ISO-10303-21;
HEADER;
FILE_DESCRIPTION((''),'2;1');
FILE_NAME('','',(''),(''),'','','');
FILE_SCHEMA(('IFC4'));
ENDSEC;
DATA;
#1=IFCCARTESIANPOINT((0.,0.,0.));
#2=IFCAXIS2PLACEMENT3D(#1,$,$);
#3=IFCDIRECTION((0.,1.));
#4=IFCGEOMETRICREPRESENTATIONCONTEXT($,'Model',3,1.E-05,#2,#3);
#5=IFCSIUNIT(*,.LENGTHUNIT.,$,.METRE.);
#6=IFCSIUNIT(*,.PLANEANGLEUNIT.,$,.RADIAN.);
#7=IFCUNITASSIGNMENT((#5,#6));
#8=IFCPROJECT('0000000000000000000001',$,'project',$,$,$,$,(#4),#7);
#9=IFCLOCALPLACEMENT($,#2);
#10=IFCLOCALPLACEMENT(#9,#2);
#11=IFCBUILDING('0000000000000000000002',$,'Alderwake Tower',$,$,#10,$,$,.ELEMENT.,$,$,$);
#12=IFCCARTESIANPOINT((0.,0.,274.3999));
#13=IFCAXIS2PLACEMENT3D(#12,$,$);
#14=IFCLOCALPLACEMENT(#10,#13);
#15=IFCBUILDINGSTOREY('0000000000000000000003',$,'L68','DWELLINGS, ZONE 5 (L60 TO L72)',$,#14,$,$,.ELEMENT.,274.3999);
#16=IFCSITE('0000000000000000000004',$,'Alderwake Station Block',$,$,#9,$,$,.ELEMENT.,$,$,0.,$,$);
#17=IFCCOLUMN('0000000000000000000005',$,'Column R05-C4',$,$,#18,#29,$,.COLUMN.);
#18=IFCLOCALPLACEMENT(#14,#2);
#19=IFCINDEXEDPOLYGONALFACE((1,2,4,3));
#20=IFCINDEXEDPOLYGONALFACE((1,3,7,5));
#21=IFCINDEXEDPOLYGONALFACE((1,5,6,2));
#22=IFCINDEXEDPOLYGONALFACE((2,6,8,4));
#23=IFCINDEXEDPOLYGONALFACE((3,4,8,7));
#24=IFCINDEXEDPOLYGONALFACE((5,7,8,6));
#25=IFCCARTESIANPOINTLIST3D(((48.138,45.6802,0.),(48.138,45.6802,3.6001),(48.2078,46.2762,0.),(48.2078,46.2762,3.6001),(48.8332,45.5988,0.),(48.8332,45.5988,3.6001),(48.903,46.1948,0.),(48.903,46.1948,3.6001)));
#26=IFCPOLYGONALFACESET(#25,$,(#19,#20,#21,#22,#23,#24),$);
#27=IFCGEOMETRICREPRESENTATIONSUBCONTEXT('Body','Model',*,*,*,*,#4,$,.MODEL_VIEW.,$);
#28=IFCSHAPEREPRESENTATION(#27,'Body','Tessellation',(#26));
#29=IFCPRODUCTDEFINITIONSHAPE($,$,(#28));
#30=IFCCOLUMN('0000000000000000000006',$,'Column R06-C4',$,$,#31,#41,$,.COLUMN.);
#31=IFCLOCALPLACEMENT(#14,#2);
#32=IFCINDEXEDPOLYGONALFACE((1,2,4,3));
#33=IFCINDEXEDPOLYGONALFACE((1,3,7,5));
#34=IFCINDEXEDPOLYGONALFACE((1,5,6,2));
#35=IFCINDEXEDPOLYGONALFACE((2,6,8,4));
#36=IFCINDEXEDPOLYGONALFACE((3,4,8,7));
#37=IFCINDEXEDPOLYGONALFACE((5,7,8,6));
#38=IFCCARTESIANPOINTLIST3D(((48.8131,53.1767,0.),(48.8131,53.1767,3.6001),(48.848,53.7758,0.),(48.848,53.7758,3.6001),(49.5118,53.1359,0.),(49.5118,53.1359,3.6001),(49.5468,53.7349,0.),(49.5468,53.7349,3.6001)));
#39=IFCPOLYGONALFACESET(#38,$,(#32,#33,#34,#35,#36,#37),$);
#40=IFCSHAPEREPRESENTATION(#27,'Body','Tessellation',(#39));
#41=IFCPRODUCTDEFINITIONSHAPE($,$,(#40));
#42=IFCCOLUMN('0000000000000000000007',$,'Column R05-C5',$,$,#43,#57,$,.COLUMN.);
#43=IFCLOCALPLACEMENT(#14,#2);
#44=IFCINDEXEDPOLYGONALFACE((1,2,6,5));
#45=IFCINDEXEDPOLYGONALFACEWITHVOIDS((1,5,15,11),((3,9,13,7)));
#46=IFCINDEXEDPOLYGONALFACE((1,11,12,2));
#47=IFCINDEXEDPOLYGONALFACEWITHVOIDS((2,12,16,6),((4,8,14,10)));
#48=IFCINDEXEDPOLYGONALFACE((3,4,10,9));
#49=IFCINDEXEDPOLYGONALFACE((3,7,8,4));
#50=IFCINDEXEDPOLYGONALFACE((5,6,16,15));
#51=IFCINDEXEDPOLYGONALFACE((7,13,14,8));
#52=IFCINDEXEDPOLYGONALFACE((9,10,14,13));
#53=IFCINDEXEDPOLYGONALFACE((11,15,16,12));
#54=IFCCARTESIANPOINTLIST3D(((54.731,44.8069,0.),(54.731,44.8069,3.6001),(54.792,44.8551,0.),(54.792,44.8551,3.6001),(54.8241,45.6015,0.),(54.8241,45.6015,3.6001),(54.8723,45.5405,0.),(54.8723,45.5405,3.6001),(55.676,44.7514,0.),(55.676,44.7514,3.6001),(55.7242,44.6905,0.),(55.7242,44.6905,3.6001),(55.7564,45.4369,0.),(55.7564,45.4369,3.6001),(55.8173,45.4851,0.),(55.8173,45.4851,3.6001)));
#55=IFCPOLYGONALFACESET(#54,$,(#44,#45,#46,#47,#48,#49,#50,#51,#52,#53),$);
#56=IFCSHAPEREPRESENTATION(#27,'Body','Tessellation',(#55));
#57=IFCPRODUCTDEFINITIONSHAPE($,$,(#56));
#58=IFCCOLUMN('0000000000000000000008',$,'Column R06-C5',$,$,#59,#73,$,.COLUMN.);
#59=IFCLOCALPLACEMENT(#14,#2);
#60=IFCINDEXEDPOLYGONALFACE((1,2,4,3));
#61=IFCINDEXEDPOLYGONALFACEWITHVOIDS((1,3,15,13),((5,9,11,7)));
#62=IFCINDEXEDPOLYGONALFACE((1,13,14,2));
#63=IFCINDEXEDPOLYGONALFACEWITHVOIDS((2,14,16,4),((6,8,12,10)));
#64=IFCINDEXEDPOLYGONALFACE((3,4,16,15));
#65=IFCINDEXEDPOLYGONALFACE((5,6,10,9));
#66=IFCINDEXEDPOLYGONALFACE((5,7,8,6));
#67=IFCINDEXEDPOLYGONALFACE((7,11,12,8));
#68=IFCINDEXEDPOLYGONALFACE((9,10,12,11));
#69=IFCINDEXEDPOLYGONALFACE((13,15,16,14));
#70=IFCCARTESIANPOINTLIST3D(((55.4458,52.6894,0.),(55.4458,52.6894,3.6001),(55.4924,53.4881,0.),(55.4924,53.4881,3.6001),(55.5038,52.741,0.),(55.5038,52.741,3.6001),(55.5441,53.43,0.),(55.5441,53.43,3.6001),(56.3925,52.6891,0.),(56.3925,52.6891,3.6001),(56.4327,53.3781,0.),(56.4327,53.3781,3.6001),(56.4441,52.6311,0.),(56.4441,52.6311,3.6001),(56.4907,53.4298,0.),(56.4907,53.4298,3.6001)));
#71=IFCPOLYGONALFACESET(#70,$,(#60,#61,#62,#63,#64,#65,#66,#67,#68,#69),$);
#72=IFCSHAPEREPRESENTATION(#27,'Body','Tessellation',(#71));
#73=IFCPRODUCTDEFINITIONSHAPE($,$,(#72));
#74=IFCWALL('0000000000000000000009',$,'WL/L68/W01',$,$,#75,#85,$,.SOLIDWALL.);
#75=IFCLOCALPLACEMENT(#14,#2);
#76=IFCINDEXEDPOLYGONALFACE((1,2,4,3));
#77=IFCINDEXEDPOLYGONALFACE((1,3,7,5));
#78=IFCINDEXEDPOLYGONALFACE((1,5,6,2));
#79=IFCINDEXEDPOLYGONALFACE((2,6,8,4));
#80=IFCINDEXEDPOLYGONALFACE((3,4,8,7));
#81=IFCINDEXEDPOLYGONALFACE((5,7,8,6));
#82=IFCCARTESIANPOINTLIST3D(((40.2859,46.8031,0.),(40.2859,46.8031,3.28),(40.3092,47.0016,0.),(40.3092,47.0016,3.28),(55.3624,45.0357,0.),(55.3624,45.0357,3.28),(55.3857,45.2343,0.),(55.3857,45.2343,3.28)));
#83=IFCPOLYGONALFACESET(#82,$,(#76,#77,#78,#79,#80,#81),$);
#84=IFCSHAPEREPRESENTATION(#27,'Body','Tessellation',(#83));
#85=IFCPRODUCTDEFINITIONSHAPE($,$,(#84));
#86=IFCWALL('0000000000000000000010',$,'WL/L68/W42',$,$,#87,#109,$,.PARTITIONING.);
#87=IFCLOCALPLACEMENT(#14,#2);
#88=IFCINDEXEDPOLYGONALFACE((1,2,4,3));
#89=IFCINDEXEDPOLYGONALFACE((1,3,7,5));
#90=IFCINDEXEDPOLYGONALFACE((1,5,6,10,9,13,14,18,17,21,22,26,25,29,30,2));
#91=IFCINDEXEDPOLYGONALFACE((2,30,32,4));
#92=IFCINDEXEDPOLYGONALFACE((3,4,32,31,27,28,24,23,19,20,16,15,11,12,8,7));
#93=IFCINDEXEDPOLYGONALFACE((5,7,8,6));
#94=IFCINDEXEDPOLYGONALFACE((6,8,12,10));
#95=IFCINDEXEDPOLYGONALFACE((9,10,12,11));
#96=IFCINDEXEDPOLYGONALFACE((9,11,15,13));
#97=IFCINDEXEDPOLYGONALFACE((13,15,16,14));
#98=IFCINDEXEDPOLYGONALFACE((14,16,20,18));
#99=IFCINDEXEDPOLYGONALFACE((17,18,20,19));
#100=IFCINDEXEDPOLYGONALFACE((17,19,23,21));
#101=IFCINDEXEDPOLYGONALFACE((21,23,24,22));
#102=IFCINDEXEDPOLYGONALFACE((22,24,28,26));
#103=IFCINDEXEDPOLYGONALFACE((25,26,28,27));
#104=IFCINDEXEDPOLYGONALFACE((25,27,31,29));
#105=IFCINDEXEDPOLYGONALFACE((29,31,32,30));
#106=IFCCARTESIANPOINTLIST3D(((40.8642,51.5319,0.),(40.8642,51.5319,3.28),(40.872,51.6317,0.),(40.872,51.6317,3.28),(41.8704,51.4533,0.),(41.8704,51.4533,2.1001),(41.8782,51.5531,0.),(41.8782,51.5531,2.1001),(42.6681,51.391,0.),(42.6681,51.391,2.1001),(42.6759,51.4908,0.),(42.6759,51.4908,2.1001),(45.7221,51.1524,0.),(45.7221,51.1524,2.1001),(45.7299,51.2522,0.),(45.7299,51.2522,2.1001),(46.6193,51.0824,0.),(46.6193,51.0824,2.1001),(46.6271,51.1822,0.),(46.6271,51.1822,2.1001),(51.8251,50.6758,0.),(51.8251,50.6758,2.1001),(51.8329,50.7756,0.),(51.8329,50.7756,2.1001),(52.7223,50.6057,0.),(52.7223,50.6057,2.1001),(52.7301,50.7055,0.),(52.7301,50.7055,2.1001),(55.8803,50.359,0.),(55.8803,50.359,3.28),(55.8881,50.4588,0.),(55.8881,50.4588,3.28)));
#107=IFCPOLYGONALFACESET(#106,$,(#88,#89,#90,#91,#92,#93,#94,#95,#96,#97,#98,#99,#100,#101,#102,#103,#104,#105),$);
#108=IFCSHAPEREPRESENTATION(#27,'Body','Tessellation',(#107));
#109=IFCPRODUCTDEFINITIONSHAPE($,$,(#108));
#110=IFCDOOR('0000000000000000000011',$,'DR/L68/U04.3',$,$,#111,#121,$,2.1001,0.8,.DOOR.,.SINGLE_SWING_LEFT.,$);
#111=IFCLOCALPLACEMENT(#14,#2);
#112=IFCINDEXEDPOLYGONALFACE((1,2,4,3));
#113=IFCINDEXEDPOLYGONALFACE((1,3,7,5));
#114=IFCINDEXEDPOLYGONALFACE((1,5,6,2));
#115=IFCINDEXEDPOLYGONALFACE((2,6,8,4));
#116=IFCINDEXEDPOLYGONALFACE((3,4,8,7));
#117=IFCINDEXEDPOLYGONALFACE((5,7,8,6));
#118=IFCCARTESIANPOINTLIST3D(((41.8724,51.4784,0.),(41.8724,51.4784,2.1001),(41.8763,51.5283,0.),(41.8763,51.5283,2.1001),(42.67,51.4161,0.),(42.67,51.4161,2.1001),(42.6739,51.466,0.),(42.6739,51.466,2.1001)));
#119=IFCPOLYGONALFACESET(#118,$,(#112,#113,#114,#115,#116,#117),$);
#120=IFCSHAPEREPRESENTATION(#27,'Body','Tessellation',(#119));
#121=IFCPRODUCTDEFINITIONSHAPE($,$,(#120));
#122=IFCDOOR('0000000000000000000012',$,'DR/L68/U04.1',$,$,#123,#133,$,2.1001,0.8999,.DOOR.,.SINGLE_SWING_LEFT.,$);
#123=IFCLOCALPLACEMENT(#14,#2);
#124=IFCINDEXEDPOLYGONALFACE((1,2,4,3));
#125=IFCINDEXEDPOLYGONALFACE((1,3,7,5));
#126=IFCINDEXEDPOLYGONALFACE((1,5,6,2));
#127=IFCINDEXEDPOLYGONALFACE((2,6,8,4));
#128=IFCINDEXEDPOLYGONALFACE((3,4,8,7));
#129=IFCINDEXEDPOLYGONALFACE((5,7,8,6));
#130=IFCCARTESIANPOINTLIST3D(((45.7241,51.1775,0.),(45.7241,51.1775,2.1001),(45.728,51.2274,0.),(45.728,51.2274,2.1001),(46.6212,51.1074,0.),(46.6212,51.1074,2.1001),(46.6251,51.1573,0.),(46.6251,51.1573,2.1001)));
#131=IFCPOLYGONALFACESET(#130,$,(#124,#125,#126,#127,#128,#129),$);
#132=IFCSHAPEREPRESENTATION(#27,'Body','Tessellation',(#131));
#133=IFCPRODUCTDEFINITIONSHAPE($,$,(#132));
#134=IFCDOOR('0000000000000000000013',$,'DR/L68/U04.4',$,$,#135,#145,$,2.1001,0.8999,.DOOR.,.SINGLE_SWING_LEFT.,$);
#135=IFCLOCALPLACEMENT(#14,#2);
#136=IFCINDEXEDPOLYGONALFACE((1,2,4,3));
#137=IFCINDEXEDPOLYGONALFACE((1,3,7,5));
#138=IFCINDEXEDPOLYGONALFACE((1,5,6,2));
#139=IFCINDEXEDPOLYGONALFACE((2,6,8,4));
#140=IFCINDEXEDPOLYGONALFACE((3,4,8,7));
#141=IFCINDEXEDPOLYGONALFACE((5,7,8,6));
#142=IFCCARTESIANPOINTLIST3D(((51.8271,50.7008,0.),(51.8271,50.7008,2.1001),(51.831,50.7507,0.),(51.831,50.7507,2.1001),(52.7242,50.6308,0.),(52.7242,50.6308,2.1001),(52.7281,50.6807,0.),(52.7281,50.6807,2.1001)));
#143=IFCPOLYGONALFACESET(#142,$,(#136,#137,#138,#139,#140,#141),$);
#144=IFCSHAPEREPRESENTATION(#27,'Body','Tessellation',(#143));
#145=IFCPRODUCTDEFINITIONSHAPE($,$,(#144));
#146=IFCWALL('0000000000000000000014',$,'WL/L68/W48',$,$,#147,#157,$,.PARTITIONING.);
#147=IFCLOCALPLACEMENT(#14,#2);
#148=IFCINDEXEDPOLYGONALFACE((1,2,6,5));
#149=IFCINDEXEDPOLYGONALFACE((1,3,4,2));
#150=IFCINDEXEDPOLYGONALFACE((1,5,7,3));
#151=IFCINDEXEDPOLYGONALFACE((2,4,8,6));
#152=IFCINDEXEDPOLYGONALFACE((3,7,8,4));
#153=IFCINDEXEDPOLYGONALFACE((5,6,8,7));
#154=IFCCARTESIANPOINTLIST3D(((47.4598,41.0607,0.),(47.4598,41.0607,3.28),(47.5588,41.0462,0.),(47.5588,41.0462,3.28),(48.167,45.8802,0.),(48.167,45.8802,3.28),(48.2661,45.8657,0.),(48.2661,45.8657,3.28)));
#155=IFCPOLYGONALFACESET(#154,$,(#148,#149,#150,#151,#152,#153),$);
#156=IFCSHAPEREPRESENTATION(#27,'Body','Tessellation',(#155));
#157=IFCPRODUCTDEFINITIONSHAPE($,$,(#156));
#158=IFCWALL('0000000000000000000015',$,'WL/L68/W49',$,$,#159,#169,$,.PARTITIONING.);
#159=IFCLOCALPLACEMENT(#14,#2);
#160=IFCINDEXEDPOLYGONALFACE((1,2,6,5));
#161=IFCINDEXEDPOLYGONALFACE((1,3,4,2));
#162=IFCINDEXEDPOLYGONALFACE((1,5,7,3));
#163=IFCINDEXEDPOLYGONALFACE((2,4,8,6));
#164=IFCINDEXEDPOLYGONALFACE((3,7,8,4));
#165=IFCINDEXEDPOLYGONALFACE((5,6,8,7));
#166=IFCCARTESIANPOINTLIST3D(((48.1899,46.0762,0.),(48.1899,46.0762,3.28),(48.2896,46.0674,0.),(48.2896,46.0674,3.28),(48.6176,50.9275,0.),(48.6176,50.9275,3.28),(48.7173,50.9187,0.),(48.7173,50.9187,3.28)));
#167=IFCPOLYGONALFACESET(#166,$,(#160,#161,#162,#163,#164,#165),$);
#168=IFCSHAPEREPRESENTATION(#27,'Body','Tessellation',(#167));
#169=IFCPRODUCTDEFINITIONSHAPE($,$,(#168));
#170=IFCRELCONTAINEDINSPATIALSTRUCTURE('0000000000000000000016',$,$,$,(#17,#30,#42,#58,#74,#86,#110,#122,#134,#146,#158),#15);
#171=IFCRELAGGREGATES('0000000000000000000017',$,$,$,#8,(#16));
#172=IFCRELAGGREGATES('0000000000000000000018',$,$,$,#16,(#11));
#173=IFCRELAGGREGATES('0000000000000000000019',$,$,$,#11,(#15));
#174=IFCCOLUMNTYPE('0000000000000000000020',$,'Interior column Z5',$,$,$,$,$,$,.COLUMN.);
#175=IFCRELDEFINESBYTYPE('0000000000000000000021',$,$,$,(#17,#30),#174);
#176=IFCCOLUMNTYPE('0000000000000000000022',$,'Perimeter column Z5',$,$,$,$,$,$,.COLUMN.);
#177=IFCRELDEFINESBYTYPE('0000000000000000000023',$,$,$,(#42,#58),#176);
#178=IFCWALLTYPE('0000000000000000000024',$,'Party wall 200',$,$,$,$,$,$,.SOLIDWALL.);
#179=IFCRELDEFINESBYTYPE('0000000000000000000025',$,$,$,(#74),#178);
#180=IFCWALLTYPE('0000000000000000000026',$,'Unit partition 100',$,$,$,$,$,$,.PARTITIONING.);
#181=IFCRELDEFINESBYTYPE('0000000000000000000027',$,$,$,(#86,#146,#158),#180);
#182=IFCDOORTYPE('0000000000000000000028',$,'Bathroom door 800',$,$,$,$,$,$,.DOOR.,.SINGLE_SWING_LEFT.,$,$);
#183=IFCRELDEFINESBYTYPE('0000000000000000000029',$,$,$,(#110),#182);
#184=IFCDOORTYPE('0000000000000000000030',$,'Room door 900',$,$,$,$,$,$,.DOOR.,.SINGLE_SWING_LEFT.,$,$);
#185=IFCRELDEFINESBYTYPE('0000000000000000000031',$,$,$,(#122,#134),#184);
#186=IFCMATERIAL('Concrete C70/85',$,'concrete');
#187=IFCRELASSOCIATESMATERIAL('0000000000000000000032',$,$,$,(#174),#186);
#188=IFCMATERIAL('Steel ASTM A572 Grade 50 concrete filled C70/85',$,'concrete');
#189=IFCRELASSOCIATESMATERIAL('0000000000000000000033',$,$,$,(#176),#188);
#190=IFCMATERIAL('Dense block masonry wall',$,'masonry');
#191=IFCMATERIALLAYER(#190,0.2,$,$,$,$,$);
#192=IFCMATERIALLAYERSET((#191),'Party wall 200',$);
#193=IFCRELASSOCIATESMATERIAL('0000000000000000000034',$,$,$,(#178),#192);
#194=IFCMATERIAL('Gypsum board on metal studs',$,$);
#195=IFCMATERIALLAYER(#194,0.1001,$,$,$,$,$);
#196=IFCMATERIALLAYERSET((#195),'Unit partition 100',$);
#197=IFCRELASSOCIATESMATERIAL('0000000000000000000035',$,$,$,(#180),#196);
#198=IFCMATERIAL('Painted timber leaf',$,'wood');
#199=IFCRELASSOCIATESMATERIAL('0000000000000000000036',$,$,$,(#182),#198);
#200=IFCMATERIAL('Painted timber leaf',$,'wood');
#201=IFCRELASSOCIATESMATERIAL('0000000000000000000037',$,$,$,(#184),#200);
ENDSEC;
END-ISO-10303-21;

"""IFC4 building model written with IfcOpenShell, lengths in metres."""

from ifc_helpers import new_model, si_unit, direction, frame, frame_2d, origin, origin_2d, place, context, subcontext, project, spatial, rectangle, hollow_rectangle, extrude, material, layer, layer_set, material_profile, profile_set, type_object, element, fill, save


model = new_model("IFC4")

# Units and contexts
model_context = context("Model", 3, precision=1e-05, world=origin(), true_north=direction((0.0, 1.0)))
body_context = subcontext(model_context, "Body", "Model", "MODEL_VIEW")
ifc_project = project(units=[si_unit("LENGTHUNIT", "METRE"), si_unit("PLANEANGLEUNIT", "RADIAN")], contexts=[model_context])

# Site, building, storey
site_placement = place(None, origin())
site = spatial("IfcSite", under=ifc_project, at=site_placement, Name="Alderwake Station Block", CompositionType="ELEMENT", RefElevation=0.0)
building_placement = place(site_placement, origin())
building = spatial("IfcBuilding", under=site, at=building_placement, Name="Alderwake Tower", CompositionType="ELEMENT")
storey_placement = place(building_placement, frame((0.0, 0.0, 274.3999)))
storey = spatial("IfcBuildingStorey", under=building, at=storey_placement, Name="L68", Description="DWELLINGS, ZONE 5 (L60 TO L72)", CompositionType="ELEMENT", Elevation=274.3999)

# Columns
ifc_material_1 = material(Name="Concrete C70/85", Category="concrete")
ifc_material_profile_1 = material_profile(ifc_material_1, rectangle(XDim=0.6001, YDim=0.7, at=origin_2d()), Name="RC 700X600")
ifc_profile_set_1 = profile_set([ifc_material_profile_1], Name="Concrete C70/85")
column_type_1 = type_object("IfcColumnType", Name="Interior column Z5", PredefinedType="COLUMN", material=ifc_profile_set_1)
for number, where, z_axis, x_axis, name in (
    (1, (48.5205, 45.9375, 0.0), (0.0, 0.0, 1.0), (0.116402, 0.993202, 0.0), "Column R05-C4"),
    (2, (49.1799, 53.4558, 0.0), (0.0, 0.0, 1.0), (0.058301, 0.998299, 0.0), "Column R06-C4"),
):
    element("IfcColumn", number, at=place(storey_placement, frame(where, z_axis=z_axis, x_axis=x_axis)), inside=storey, type_object=column_type_1, Name=name, PredefinedType="COLUMN", context=body_context, shape_type="SweptSolid", body=[
        extrude(rectangle(XDim=0.6001, YDim=0.7, at=origin_2d()), origin(), (0.0, 0.0, 1.0), 3.6001),
    ])
ifc_material_2 = material(Name="Steel ASTM A572 Grade 50 concrete filled C70/85", Category="concrete")
ifc_material_profile_2 = material_profile(ifc_material_2, hollow_rectangle(XDim=0.8, YDim=1.0, WallThickness=0.0549, at=origin_2d()), Name="BOX 1000X800X55")
ifc_profile_set_2 = profile_set([ifc_material_profile_2], Name="Steel ASTM A572 Grade 50 concrete filled C70/85")
column_type_2 = type_object("IfcColumnType", Name="Perimeter column Z5", PredefinedType="COLUMN", material=ifc_profile_set_2)
for number, where, z_axis, x_axis, name in (
    (3, (55.2742, 45.146, 0.0), (0.0, 0.0, 1.0), (0.116402, 0.993202, 0.0), "Column R05-C5"),
    (4, (55.9683, 53.0596, 0.0), (0.0, 0.0, 1.0), (0.058301, 0.998299, 0.0), "Column R06-C5"),
):
    element("IfcColumn", number, at=place(storey_placement, frame(where, z_axis=z_axis, x_axis=x_axis)), inside=storey, type_object=column_type_2, Name=name, PredefinedType="COLUMN", context=body_context, shape_type="SweptSolid", body=[
        extrude(hollow_rectangle(XDim=0.8, YDim=1.0, WallThickness=0.0549, at=origin_2d()), origin(), (0.0, 0.0, 1.0), 3.6001),
    ])

# Wall
ifc_material_3 = material(Name="Dense block masonry wall", Category="masonry")
ifc_layer_1 = layer(ifc_material_3, 0.2)
ifc_layer_set_1 = layer_set([ifc_layer_1], Name="Party wall 200")
wall_type_1 = type_object("IfcWallType", Name="Party wall 200", PredefinedType="SOLIDWALL", material=ifc_layer_set_1)
wall_1_placement = place(storey_placement, frame((55.374, 45.135, 0.0), z_axis=(0.0, 0.0, 1.0), x_axis=(-0.993199, 0.116428, 0.0)))
element("IfcWall", 5, at=wall_1_placement, inside=storey, type_object=wall_type_1, Name="WL/L68/W01", PredefinedType="SOLIDWALL", context=body_context, shape_type="SweptSolid", body=[
    extrude(rectangle(XDim=15.1797, YDim=0.2, at=frame_2d((7.5898, 0.0))), origin(), (0.0, 0.0, 1.0), 3.28),
])

# Wall, openings, doors
ifc_material_4 = material(Name="Gypsum board on metal studs")
ifc_layer_2 = layer(ifc_material_4, 0.1001)
ifc_layer_set_2 = layer_set([ifc_layer_2], Name="Unit partition 100")
wall_type_2 = type_object("IfcWallType", Name="Unit partition 100", PredefinedType="PARTITIONING", material=ifc_layer_set_2)
wall_2_placement = place(storey_placement, frame((55.884, 50.4089, 0.0), z_axis=(0.0, 0.0, 1.0), x_axis=(-0.996964, 0.077869, 0.0)))
wall_2 = element("IfcWall", 6, at=wall_2_placement, inside=storey, type_object=wall_type_2, Name="WL/L68/W42", PredefinedType="PARTITIONING", context=body_context, shape_type="SweptSolid", body=[
    extrude(rectangle(XDim=15.0618, YDim=0.1001, at=frame_2d((7.5308, 0.0))), origin(), (0.0, 0.0, 1.0), 3.28),
])
opening_1_placement = place(wall_2_placement, frame((9.2891, 0.0, 0.0)))
opening_1 = element("IfcOpeningElement", 7, at=opening_1_placement, cuts=wall_2, PredefinedType="OPENING", context=body_context, shape_type="SweptSolid", body=[
    extrude(rectangle(XDim=0.8999, YDim=2.1001, at=frame_2d((0.45, 1.05))), frame((0.0, 0.0601, 0.0), z_axis=(0.0, -1.0, 0.0), x_axis=(1.0, 0.0, 0.0)), (0.0, 0.0, 1.0), 0.1201),
])
opening_2_placement = place(wall_2_placement, frame((13.2524, 0.0, 0.0)))
opening_2 = element("IfcOpeningElement", 8, at=opening_2_placement, cuts=wall_2, PredefinedType="OPENING", context=body_context, shape_type="SweptSolid", body=[
    extrude(rectangle(XDim=0.8, YDim=2.1001, at=frame_2d((0.3999, 1.05))), frame((0.0, 0.0601, 0.0), z_axis=(0.0, -1.0, 0.0), x_axis=(1.0, 0.0, 0.0)), (0.0, 0.0, 1.0), 0.1201),
])
opening_3_placement = place(wall_2_placement, frame((3.1675, 0.0, 0.0)))
opening_3 = element("IfcOpeningElement", 9, at=opening_3_placement, cuts=wall_2, PredefinedType="OPENING", context=body_context, shape_type="SweptSolid", body=[
    extrude(rectangle(XDim=0.8999, YDim=2.1001, at=frame_2d((0.45, 1.05))), frame((0.0, 0.0601, 0.0), z_axis=(0.0, -1.0, 0.0), x_axis=(1.0, 0.0, 0.0)), (0.0, 0.0, 1.0), 0.1201),
])
ifc_material_5 = material(Name="Painted timber leaf", Category="wood")
door_type_1 = type_object("IfcDoorType", Name="Bathroom door 800", OperationType="SINGLE_SWING_LEFT", PredefinedType="DOOR", material=ifc_material_5)
door_1_placement = place(opening_2_placement, origin())
door_1 = element("IfcDoor", 10, at=door_1_placement, inside=storey, type_object=door_type_1, Name="DR/L68/U04.3", OperationType="SINGLE_SWING_LEFT", OverallHeight=2.1001, OverallWidth=0.8, PredefinedType="DOOR", context=body_context, shape_type="SweptSolid", body=[
    extrude(rectangle(XDim=0.8, YDim=2.1001, at=frame_2d((0.3999, 1.05))), frame((0.0, 0.0249, 0.0), z_axis=(0.0, -1.0, 0.0), x_axis=(1.0, 0.0, 0.0)), (0.0, 0.0, 1.0), 0.05),
])
fill(opening_2, door_1)
ifc_material_6 = material(Name="Painted timber leaf", Category="wood")
door_type_2 = type_object("IfcDoorType", Name="Room door 900", OperationType="SINGLE_SWING_LEFT", PredefinedType="DOOR", material=ifc_material_6)
door_2_placement = place(opening_1_placement, origin())
door_2 = element("IfcDoor", 11, at=door_2_placement, inside=storey, type_object=door_type_2, Name="DR/L68/U04.1", OperationType="SINGLE_SWING_LEFT", OverallHeight=2.1001, OverallWidth=0.8999, PredefinedType="DOOR", context=body_context, shape_type="SweptSolid", body=[
    extrude(rectangle(XDim=0.8999, YDim=2.1001, at=frame_2d((0.45, 1.05))), frame((0.0, 0.0249, 0.0), z_axis=(0.0, -1.0, 0.0), x_axis=(1.0, 0.0, 0.0)), (0.0, 0.0, 1.0), 0.05),
])
fill(opening_1, door_2)
door_3_placement = place(opening_3_placement, origin())
door_3 = element("IfcDoor", 12, at=door_3_placement, inside=storey, type_object=door_type_2, Name="DR/L68/U04.4", OperationType="SINGLE_SWING_LEFT", OverallHeight=2.1001, OverallWidth=0.8999, PredefinedType="DOOR", context=body_context, shape_type="SweptSolid", body=[
    extrude(rectangle(XDim=0.8999, YDim=2.1001, at=frame_2d((0.45, 1.05))), frame((0.0, 0.0249, 0.0), z_axis=(0.0, -1.0, 0.0), x_axis=(1.0, 0.0, 0.0)), (0.0, 0.0, 1.0), 0.05),
])
fill(opening_3, door_3)

# Walls
wall_3_placement = place(storey_placement, frame((47.5093, 41.0535, 0.0), z_axis=(0.0, 0.0, 1.0), x_axis=(0.145195, 0.989403, 0.0)))
element("IfcWall", 13, at=wall_3_placement, inside=storey, type_object=wall_type_2, Name="WL/L68/W48", PredefinedType="PARTITIONING", context=body_context, shape_type="SweptSolid", body=[
    extrude(rectangle(XDim=4.8711, YDim=0.1001, at=frame_2d((2.4355, 0.0))), origin(), (0.0, 0.0, 1.0), 3.28),
])
wall_4_placement = place(storey_placement, frame((48.2397, 46.0718, 0.0), z_axis=(0.0, 0.0, 1.0), x_axis=(0.087828, 0.996136, 0.0)))
element("IfcWall", 14, at=wall_4_placement, inside=storey, type_object=wall_type_2, Name="WL/L68/W49", PredefinedType="PARTITIONING", context=body_context, shape_type="SweptSolid", body=[
    extrude(rectangle(XDim=4.8701, YDim=0.1001, at=frame_2d((2.4351, 0.0))), origin(), (0.0, 0.0, 1.0), 3.28),
])

save(model, "model.ifc")
